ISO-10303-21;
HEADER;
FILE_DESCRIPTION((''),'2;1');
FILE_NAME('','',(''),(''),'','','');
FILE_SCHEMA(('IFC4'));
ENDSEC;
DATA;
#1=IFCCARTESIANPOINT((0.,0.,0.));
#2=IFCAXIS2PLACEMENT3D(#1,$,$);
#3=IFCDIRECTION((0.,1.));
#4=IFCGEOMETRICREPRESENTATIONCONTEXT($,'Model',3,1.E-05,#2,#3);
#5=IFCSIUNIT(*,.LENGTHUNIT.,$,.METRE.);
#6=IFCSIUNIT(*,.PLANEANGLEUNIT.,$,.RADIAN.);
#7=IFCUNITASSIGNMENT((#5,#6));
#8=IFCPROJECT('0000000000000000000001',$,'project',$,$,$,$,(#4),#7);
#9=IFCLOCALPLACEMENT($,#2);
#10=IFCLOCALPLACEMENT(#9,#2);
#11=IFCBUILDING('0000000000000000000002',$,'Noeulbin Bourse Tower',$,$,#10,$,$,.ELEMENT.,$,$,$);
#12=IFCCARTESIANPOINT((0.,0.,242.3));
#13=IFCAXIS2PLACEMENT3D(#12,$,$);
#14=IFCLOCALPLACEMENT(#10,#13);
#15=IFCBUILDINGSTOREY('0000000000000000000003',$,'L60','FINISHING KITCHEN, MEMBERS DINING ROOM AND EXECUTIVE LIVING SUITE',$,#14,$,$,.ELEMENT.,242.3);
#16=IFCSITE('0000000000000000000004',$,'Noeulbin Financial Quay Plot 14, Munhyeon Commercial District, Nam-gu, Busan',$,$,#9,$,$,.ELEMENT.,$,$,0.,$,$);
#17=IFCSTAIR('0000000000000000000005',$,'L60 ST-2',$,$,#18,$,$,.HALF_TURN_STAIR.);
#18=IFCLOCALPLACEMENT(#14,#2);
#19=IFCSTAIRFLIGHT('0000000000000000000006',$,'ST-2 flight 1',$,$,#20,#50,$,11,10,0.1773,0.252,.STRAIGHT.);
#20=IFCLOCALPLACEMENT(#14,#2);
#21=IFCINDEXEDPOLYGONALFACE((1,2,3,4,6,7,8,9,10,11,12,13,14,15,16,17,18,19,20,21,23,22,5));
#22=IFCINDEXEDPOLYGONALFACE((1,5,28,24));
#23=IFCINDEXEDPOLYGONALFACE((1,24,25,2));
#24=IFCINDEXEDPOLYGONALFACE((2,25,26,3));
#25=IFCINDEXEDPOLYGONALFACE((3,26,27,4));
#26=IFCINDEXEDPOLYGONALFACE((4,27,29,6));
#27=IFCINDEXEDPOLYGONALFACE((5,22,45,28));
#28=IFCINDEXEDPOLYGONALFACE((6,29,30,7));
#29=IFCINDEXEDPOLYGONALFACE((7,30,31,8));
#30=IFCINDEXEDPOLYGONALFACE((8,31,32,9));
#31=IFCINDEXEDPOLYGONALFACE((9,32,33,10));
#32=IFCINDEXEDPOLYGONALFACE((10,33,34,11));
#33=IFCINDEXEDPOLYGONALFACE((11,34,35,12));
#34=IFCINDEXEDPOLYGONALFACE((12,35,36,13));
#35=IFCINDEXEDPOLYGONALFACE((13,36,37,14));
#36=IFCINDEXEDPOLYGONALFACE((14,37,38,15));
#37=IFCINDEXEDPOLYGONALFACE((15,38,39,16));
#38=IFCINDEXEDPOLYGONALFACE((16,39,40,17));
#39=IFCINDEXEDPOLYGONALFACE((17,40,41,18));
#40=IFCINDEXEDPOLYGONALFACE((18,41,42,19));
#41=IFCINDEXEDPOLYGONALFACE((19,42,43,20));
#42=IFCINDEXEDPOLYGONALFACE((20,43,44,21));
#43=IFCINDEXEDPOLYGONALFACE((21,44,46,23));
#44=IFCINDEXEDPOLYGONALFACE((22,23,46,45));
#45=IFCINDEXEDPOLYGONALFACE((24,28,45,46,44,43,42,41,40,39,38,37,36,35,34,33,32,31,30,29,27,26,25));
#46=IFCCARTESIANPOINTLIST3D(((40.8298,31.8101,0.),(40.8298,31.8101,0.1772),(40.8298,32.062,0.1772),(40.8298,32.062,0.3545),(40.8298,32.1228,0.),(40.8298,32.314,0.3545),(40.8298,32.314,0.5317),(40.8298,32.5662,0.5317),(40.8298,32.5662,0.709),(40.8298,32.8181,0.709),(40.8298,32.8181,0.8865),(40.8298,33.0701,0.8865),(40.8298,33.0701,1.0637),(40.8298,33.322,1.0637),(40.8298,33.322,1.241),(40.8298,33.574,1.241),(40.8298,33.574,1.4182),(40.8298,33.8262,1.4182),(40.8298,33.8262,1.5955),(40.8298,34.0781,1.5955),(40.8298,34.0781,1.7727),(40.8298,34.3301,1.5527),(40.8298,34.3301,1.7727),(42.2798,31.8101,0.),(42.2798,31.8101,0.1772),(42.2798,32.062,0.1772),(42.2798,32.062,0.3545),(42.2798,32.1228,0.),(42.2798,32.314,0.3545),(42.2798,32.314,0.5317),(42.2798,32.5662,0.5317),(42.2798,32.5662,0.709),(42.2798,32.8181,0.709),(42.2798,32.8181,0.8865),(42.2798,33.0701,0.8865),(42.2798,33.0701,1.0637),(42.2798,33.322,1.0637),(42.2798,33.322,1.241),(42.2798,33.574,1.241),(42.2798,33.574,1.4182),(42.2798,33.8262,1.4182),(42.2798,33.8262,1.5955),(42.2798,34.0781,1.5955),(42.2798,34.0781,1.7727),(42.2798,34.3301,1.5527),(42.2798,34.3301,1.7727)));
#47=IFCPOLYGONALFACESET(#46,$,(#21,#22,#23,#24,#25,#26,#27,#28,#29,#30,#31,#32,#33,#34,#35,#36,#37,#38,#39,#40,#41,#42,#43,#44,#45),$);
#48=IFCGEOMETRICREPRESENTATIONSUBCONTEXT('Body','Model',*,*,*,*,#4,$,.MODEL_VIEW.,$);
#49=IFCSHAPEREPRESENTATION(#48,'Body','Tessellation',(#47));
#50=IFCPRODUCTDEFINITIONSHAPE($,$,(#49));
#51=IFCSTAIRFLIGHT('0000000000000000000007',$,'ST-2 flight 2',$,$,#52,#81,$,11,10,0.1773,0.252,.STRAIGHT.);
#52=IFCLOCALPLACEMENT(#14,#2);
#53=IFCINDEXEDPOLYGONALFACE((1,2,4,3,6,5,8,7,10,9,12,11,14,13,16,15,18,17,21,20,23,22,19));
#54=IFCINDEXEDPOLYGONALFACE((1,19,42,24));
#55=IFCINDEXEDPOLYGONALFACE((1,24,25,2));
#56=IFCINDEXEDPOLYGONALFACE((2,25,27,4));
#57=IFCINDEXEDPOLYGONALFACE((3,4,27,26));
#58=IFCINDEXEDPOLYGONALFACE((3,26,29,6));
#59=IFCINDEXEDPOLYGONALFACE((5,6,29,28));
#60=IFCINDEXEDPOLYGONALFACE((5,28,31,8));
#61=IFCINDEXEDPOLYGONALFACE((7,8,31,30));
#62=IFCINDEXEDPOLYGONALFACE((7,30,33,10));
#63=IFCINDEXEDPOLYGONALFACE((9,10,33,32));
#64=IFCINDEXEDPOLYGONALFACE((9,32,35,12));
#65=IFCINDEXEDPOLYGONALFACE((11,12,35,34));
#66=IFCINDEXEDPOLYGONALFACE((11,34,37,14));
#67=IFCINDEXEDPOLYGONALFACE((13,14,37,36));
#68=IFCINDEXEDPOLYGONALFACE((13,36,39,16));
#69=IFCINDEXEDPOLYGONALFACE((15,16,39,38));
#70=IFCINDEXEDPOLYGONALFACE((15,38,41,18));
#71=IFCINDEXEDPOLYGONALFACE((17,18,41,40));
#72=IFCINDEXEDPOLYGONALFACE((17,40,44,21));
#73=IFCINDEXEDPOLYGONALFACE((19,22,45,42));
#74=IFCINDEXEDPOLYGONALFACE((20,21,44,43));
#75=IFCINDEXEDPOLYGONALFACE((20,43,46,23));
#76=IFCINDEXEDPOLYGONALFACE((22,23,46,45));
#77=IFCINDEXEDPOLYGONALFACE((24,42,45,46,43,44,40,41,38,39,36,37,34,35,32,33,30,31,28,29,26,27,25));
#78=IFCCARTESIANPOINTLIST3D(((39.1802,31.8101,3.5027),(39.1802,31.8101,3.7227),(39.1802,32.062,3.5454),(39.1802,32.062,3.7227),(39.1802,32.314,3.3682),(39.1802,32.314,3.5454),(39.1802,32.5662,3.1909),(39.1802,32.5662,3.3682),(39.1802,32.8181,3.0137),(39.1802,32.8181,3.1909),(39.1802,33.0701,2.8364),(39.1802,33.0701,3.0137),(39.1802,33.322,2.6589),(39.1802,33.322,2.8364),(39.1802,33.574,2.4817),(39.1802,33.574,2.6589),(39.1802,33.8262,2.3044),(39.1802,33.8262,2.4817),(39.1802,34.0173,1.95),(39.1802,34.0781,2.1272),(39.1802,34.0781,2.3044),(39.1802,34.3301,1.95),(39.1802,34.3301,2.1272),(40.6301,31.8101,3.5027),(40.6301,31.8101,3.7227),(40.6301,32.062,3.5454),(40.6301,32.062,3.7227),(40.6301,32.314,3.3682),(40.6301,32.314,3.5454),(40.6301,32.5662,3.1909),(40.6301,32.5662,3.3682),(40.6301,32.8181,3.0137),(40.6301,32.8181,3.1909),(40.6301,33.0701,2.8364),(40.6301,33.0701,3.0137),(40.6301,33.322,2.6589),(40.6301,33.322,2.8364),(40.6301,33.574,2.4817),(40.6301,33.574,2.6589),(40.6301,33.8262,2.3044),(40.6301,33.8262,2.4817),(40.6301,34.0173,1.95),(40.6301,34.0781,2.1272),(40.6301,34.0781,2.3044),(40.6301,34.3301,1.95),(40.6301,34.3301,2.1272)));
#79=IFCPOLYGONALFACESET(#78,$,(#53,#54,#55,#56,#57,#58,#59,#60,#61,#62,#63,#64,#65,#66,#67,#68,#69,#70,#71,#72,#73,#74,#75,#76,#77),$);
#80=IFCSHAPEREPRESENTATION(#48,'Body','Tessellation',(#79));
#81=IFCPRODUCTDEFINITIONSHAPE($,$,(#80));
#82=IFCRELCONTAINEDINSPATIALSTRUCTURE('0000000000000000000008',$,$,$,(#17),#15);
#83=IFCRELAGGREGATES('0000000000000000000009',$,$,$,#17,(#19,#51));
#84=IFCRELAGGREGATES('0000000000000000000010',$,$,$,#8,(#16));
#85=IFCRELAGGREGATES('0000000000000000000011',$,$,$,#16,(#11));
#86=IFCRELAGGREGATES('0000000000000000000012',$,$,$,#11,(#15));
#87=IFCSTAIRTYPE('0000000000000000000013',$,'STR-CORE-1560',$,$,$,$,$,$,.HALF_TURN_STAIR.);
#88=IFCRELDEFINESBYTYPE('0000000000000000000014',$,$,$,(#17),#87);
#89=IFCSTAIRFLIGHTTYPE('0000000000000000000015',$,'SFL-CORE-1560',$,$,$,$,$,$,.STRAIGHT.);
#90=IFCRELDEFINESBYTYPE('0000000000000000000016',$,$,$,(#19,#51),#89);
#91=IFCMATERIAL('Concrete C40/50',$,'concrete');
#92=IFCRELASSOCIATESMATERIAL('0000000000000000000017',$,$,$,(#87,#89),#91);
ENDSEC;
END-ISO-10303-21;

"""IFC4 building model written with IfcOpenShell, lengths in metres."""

from ifc_helpers import new_model, si_unit, direction, frame, origin, place, context, subcontext, project, spatial, polyline, outline, extrude, material, type_object, element, aggregate, save


model = new_model("IFC4")

# Units and contexts
model_context = context("Model", 3, precision=1e-05, world=origin(), true_north=direction((0.0, 1.0)))
body_context = subcontext(model_context, "Body", "Model", "MODEL_VIEW")
ifc_project = project(units=[si_unit("LENGTHUNIT", "METRE"), si_unit("PLANEANGLEUNIT", "RADIAN")], contexts=[model_context])

# Site, building, storey
site_placement = place(None, origin())
site = spatial("IfcSite", under=ifc_project, at=site_placement, Name="Noeulbin Financial Quay Plot 14, Munhyeon Commercial District, Nam-gu, Busan", CompositionType="ELEMENT", RefElevation=0.0)
building_placement = place(site_placement, origin())
building = spatial("IfcBuilding", under=site, at=building_placement, Name="Noeulbin Bourse Tower", CompositionType="ELEMENT")
storey_placement = place(building_placement, frame((0.0, 0.0, 242.3)))
storey = spatial("IfcBuildingStorey", under=building, at=storey_placement, Name="L60", Description="FINISHING KITCHEN, MEMBERS DINING ROOM AND EXECUTIVE LIVING SUITE", CompositionType="ELEMENT", Elevation=242.3)

# Shared definitions
ifc_material_1 = material(Name="Concrete C40/50", Category="concrete")

# Stair, stair flights
stair_type = type_object("IfcStairType", Name="STR-CORE-1560", PredefinedType="HALF_TURN_STAIR", material=ifc_material_1)
stair_placement = place(storey_placement, origin())
stair = element("IfcStair", 1, at=stair_placement, inside=storey, type_object=stair_type, Name="L60 ST-2", PredefinedType="HALF_TURN_STAIR")
stair_flight_type = type_object("IfcStairFlightType", Name="SFL-CORE-1560", PredefinedType="STRAIGHT", material=ifc_material_1)
stair_flight_1_placement = place(storey_placement, frame((41.5549, 31.8101, 0.0), z_axis=(0.0, 0.0, 1.0), x_axis=(0.0, 1.0, 0.0)))
stair_flight_1 = element("IfcStairFlight", 2, at=stair_flight_1_placement, type_object=stair_flight_type, Name="ST-2 flight 1", NumberOfRisers=11, NumberOfTreads=10, PredefinedType="STRAIGHT", RiserHeight=0.1773, TreadLength=0.252, context=body_context, shape_type="SweptSolid", body=[
    extrude(outline(polyline([(0.0, 0.0), (0.0, 0.1772), (0.252, 0.1772), (0.252, 0.3545), (0.5039, 0.3545), (0.5039, 0.5317), (0.7561, 0.5317), (0.7561, 0.709), (1.0081, 0.709), (1.0081, 0.8865), (1.26, 0.8865), (1.26, 1.0637), (1.512, 1.0637), (1.512, 1.241), (1.7639, 1.241), (1.7639, 1.4182), (2.0161, 1.4182), (2.0161, 1.5955), (2.2681, 1.5955), (2.2681, 1.7727), (2.52, 1.7727), (2.52, 1.95), (2.52, 1.5527), (0.3127, 0.0), (0.0, 0.0)])), frame((0.0, 0.7251, 0.0), z_axis=(0.0, -1.0, 0.0), x_axis=(1.0, 0.0, 0.0)), (0.0, 0.0, 1.0), 1.45),
])
stair_flight_2_placement = place(storey_placement, frame((39.905, 34.3301, 1.95), z_axis=(0.0, 0.0, 1.0), x_axis=(0.0, -1.0, 0.0)))
stair_flight_2 = element("IfcStairFlight", 3, at=stair_flight_2_placement, type_object=stair_flight_type, Name="ST-2 flight 2", NumberOfRisers=11, NumberOfTreads=10, PredefinedType="STRAIGHT", RiserHeight=0.1773, TreadLength=0.252, context=body_context, shape_type="SweptSolid", body=[
    extrude(outline(polyline([(0.0, 0.0), (0.0, 0.1772), (0.252, 0.1772), (0.252, 0.3545), (0.5039, 0.3545), (0.5039, 0.5317), (0.7561, 0.5317), (0.7561, 0.709), (1.0081, 0.709), (1.0081, 0.8865), (1.26, 0.8865), (1.26, 1.0637), (1.512, 1.0637), (1.512, 1.241), (1.7639, 1.241), (1.7639, 1.4182), (2.0161, 1.4182), (2.0161, 1.5955), (2.2681, 1.5955), (2.2681, 1.7727), (2.52, 1.7727), (2.52, 1.95), (2.52, 1.5527), (0.3127, 0.0), (0.0, 0.0)])), frame((0.0, 0.7251, 0.0), z_axis=(0.0, -1.0, 0.0), x_axis=(1.0, 0.0, 0.0)), (0.0, 0.0, 1.0), 1.45),
])
aggregate(stair, [stair_flight_1, stair_flight_2])

save(model, "model.ifc")
